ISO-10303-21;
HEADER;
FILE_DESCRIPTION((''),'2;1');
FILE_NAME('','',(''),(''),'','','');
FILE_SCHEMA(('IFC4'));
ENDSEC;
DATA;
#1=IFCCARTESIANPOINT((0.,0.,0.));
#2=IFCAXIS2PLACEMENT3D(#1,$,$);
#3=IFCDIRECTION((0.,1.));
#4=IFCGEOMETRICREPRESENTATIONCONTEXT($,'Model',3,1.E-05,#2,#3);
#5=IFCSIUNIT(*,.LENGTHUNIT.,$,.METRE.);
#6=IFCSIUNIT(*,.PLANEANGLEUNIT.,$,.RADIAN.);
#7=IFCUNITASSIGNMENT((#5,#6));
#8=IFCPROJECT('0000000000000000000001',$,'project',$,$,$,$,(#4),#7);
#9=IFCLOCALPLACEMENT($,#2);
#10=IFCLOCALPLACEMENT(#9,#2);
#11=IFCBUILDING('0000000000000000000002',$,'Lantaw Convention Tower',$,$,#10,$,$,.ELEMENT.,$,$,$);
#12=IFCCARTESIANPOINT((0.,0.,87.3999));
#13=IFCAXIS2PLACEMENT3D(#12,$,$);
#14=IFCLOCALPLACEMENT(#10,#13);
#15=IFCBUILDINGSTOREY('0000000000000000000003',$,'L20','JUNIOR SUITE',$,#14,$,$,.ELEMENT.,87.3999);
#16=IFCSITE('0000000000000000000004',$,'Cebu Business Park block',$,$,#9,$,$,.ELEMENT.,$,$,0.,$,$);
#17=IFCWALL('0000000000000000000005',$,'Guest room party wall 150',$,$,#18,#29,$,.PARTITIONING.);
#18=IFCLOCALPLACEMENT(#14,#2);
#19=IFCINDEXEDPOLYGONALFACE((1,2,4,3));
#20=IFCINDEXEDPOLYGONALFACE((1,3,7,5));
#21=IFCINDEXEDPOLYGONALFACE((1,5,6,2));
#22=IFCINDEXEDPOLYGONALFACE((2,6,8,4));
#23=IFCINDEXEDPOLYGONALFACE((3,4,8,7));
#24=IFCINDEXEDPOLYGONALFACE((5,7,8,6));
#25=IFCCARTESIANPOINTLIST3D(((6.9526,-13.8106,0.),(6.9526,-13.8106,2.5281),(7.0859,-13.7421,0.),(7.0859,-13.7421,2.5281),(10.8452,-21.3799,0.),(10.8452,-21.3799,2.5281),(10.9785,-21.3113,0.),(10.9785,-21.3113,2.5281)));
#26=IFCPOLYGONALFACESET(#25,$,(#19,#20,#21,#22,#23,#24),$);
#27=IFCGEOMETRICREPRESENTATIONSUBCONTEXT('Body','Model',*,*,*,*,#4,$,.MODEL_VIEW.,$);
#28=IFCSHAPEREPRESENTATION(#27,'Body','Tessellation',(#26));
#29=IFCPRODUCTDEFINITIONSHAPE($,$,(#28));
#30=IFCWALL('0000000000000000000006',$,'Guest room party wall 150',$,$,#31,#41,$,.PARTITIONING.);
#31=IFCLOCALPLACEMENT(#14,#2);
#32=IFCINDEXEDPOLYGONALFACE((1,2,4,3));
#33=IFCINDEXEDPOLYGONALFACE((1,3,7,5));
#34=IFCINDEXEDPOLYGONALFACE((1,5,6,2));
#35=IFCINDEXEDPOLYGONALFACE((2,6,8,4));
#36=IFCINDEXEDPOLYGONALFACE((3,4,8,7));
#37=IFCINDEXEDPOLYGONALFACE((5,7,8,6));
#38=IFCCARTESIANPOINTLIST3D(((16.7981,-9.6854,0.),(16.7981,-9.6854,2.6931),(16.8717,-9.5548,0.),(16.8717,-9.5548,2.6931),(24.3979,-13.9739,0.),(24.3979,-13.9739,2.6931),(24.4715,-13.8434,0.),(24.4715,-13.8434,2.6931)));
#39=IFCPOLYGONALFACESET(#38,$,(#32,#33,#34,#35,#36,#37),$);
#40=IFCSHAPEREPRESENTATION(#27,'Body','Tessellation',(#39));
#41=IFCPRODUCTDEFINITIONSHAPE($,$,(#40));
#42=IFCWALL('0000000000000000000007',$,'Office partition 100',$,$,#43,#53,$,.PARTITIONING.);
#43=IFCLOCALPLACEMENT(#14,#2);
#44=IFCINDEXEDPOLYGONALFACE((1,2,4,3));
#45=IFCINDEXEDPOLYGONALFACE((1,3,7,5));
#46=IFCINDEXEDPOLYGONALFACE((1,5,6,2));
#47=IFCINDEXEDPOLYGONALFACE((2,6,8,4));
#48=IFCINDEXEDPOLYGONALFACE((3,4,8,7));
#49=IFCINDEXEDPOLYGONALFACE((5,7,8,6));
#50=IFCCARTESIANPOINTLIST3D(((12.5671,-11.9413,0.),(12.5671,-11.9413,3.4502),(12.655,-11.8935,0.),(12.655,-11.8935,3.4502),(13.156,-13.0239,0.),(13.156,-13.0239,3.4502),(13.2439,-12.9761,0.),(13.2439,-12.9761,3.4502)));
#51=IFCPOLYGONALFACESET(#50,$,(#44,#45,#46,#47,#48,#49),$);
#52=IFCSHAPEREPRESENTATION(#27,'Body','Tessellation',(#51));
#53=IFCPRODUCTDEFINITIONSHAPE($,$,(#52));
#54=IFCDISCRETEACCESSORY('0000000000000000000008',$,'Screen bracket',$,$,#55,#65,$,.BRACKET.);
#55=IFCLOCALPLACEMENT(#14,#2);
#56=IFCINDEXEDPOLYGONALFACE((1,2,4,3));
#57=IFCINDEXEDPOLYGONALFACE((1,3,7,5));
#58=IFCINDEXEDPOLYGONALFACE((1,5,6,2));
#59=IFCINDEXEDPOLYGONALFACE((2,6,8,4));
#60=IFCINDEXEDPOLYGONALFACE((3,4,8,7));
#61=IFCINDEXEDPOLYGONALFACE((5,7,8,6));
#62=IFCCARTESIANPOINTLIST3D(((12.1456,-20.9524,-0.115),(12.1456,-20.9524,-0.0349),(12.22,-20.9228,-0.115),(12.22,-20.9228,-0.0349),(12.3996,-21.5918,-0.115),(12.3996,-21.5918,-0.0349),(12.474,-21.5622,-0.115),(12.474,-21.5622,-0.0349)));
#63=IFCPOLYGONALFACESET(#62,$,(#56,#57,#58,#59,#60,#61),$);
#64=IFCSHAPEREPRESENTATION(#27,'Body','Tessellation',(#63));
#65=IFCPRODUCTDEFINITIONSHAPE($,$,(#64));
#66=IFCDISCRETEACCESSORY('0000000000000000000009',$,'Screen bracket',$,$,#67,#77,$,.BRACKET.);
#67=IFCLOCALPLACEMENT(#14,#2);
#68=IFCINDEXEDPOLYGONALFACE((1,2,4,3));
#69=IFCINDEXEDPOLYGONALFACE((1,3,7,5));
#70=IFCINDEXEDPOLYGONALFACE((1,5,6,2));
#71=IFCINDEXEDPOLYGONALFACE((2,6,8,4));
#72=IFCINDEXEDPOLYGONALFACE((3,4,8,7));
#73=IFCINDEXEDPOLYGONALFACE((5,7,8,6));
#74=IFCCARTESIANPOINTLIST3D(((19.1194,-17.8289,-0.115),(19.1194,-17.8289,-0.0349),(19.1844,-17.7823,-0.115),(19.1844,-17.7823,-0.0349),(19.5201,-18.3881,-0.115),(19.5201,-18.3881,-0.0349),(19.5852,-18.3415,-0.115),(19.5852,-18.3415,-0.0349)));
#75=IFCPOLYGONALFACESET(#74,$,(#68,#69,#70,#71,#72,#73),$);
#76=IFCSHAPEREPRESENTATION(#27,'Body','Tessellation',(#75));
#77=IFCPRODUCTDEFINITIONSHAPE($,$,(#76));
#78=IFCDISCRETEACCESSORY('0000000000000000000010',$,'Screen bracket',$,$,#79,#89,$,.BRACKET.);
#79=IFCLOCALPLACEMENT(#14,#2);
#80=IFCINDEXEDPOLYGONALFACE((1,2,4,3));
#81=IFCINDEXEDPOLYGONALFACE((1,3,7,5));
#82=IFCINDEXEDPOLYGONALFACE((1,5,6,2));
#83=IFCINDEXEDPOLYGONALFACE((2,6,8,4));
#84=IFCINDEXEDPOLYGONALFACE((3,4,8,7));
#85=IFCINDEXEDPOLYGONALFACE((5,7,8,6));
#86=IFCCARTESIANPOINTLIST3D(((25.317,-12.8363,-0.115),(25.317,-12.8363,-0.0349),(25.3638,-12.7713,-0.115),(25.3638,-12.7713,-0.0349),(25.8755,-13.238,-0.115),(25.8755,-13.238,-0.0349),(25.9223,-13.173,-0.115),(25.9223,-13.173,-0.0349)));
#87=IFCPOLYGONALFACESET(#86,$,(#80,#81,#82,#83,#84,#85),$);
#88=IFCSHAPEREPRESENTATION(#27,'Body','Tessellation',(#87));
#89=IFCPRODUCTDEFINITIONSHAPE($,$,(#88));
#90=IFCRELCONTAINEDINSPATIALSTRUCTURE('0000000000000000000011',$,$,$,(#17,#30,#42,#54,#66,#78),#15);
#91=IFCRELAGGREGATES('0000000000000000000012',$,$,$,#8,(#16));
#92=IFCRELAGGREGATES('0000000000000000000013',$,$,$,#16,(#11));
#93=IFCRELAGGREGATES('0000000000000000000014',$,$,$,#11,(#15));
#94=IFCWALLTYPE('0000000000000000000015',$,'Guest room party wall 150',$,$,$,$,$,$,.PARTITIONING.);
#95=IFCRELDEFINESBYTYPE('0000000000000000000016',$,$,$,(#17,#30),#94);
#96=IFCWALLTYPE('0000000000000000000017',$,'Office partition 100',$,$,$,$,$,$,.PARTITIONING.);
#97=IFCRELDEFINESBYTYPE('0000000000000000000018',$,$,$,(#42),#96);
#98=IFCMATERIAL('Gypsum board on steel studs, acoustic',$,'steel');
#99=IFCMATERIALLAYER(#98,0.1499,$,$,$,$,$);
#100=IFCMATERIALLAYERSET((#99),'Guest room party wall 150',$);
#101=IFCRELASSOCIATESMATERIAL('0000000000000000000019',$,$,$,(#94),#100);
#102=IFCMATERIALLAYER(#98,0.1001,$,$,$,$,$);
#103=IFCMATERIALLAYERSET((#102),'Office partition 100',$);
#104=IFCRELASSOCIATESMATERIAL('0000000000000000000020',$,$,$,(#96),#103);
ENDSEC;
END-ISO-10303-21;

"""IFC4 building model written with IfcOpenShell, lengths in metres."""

from ifc_helpers import new_model, si_unit, direction, frame, frame_2d, origin, origin_2d, place, context, subcontext, project, spatial, rectangle, extrude, material, layer, layer_set, type_object, element, save


model = new_model("IFC4")

# Units and contexts
model_context = context("Model", 3, precision=1e-05, world=origin(), true_north=direction((0.0, 1.0)))
body_context = subcontext(model_context, "Body", "Model", "MODEL_VIEW")
ifc_project = project(units=[si_unit("LENGTHUNIT", "METRE"), si_unit("PLANEANGLEUNIT", "RADIAN")], contexts=[model_context])

# Site, building, storey
site_placement = place(None, origin())
site = spatial("IfcSite", under=ifc_project, at=site_placement, Name="Cebu Business Park block", CompositionType="ELEMENT", RefElevation=0.0)
building_placement = place(site_placement, origin())
building = spatial("IfcBuilding", under=site, at=building_placement, Name="Lantaw Convention Tower", CompositionType="ELEMENT")
storey_placement = place(building_placement, frame((0.0, 0.0, 87.3999)))
storey = spatial("IfcBuildingStorey", under=building, at=storey_placement, Name="L20", Description="JUNIOR SUITE", CompositionType="ELEMENT", Elevation=87.3999)

# Walls
ifc_material_1 = material(Name="Gypsum board on steel studs, acoustic", Category="steel")
ifc_layer_1 = layer(ifc_material_1, 0.1499)
ifc_layer_set_1 = layer_set([ifc_layer_1], Name="Guest room party wall 150")
wall_type_1 = type_object("IfcWallType", Name="Guest room party wall 150", PredefinedType="PARTITIONING", material=ifc_layer_set_1)
wall_1_placement = place(storey_placement, frame((10.9119, -21.3457, 0.0), z_axis=(0.0, 0.0, 1.0), x_axis=(-0.457327, 0.889298, 0.0)))
element("IfcWall", 1, at=wall_1_placement, inside=storey, type_object=wall_type_1, Name="Guest room party wall 150", PredefinedType="PARTITIONING", context=body_context, shape_type="SweptSolid", body=[
    extrude(rectangle(XDim=8.5115, YDim=0.1499, at=frame_2d((4.2559, 0.0))), origin(), (0.0, 0.0, 1.0), 2.5281),
])
wall_2_placement = place(storey_placement, frame((24.4348, -13.9087, 0.0), z_axis=(0.0, 0.0, 1.0), x_axis=(-0.870906, 0.49145, 0.0)))
element("IfcWall", 2, at=wall_2_placement, inside=storey, type_object=wall_type_1, Name="Guest room party wall 150", PredefinedType="PARTITIONING", context=body_context, shape_type="SweptSolid", body=[
    extrude(rectangle(XDim=8.7263, YDim=0.1499, at=frame_2d((4.3633, 0.0))), origin(), (0.0, 0.0, 1.0), 2.6931),
])
ifc_layer_2 = layer(ifc_material_1, 0.1001)
ifc_layer_set_2 = layer_set([ifc_layer_2], Name="Office partition 100")
wall_type_2 = type_object("IfcWallType", Name="Office partition 100", PredefinedType="PARTITIONING", material=ifc_layer_set_2)
wall_3_placement = place(storey_placement, frame((13.2, -13.0, 0.0), z_axis=(0.0, 0.0, 1.0), x_axis=(-0.477852, 0.87844, 0.0)))
element("IfcWall", 3, at=wall_3_placement, inside=storey, type_object=wall_type_2, Name="Office partition 100", PredefinedType="PARTITIONING", context=body_context, shape_type="SweptSolid", body=[
    extrude(rectangle(XDim=1.2324, YDim=0.1001, at=frame_2d((0.6162, 0.0))), origin(), (0.0, 0.0, 1.0), 3.4502),
])

# Discrete accessories
for number, where, z_axis, x_axis, name in (
    (4, (12.3098, -21.2573, -0.115), (0.0, 0.0, 1.0), (0.929361, 0.369172, 0.0), "Screen bracket"),
    (5, (19.3523, -18.0852, -0.115), (0.0, 0.0, 1.0), (0.812804, 0.582538, 0.0), "Screen bracket"),
    (6, (25.6196, -13.0046, -0.115), (0.0, 0.0, 1.0), (0.583951, 0.811789, 0.0), "Screen bracket"),
):
    element("IfcDiscreteAccessory", number, at=place(storey_placement, frame(where, z_axis=z_axis, x_axis=x_axis)), inside=storey, Name=name, PredefinedType="BRACKET", context=body_context, shape_type="SweptSolid", body=[
        extrude(rectangle(XDim=0.0801, YDim=0.688, at=origin_2d()), origin(), (0.0, 0.0, 1.0), 0.0801),
    ])

save(model, "model.ifc")
